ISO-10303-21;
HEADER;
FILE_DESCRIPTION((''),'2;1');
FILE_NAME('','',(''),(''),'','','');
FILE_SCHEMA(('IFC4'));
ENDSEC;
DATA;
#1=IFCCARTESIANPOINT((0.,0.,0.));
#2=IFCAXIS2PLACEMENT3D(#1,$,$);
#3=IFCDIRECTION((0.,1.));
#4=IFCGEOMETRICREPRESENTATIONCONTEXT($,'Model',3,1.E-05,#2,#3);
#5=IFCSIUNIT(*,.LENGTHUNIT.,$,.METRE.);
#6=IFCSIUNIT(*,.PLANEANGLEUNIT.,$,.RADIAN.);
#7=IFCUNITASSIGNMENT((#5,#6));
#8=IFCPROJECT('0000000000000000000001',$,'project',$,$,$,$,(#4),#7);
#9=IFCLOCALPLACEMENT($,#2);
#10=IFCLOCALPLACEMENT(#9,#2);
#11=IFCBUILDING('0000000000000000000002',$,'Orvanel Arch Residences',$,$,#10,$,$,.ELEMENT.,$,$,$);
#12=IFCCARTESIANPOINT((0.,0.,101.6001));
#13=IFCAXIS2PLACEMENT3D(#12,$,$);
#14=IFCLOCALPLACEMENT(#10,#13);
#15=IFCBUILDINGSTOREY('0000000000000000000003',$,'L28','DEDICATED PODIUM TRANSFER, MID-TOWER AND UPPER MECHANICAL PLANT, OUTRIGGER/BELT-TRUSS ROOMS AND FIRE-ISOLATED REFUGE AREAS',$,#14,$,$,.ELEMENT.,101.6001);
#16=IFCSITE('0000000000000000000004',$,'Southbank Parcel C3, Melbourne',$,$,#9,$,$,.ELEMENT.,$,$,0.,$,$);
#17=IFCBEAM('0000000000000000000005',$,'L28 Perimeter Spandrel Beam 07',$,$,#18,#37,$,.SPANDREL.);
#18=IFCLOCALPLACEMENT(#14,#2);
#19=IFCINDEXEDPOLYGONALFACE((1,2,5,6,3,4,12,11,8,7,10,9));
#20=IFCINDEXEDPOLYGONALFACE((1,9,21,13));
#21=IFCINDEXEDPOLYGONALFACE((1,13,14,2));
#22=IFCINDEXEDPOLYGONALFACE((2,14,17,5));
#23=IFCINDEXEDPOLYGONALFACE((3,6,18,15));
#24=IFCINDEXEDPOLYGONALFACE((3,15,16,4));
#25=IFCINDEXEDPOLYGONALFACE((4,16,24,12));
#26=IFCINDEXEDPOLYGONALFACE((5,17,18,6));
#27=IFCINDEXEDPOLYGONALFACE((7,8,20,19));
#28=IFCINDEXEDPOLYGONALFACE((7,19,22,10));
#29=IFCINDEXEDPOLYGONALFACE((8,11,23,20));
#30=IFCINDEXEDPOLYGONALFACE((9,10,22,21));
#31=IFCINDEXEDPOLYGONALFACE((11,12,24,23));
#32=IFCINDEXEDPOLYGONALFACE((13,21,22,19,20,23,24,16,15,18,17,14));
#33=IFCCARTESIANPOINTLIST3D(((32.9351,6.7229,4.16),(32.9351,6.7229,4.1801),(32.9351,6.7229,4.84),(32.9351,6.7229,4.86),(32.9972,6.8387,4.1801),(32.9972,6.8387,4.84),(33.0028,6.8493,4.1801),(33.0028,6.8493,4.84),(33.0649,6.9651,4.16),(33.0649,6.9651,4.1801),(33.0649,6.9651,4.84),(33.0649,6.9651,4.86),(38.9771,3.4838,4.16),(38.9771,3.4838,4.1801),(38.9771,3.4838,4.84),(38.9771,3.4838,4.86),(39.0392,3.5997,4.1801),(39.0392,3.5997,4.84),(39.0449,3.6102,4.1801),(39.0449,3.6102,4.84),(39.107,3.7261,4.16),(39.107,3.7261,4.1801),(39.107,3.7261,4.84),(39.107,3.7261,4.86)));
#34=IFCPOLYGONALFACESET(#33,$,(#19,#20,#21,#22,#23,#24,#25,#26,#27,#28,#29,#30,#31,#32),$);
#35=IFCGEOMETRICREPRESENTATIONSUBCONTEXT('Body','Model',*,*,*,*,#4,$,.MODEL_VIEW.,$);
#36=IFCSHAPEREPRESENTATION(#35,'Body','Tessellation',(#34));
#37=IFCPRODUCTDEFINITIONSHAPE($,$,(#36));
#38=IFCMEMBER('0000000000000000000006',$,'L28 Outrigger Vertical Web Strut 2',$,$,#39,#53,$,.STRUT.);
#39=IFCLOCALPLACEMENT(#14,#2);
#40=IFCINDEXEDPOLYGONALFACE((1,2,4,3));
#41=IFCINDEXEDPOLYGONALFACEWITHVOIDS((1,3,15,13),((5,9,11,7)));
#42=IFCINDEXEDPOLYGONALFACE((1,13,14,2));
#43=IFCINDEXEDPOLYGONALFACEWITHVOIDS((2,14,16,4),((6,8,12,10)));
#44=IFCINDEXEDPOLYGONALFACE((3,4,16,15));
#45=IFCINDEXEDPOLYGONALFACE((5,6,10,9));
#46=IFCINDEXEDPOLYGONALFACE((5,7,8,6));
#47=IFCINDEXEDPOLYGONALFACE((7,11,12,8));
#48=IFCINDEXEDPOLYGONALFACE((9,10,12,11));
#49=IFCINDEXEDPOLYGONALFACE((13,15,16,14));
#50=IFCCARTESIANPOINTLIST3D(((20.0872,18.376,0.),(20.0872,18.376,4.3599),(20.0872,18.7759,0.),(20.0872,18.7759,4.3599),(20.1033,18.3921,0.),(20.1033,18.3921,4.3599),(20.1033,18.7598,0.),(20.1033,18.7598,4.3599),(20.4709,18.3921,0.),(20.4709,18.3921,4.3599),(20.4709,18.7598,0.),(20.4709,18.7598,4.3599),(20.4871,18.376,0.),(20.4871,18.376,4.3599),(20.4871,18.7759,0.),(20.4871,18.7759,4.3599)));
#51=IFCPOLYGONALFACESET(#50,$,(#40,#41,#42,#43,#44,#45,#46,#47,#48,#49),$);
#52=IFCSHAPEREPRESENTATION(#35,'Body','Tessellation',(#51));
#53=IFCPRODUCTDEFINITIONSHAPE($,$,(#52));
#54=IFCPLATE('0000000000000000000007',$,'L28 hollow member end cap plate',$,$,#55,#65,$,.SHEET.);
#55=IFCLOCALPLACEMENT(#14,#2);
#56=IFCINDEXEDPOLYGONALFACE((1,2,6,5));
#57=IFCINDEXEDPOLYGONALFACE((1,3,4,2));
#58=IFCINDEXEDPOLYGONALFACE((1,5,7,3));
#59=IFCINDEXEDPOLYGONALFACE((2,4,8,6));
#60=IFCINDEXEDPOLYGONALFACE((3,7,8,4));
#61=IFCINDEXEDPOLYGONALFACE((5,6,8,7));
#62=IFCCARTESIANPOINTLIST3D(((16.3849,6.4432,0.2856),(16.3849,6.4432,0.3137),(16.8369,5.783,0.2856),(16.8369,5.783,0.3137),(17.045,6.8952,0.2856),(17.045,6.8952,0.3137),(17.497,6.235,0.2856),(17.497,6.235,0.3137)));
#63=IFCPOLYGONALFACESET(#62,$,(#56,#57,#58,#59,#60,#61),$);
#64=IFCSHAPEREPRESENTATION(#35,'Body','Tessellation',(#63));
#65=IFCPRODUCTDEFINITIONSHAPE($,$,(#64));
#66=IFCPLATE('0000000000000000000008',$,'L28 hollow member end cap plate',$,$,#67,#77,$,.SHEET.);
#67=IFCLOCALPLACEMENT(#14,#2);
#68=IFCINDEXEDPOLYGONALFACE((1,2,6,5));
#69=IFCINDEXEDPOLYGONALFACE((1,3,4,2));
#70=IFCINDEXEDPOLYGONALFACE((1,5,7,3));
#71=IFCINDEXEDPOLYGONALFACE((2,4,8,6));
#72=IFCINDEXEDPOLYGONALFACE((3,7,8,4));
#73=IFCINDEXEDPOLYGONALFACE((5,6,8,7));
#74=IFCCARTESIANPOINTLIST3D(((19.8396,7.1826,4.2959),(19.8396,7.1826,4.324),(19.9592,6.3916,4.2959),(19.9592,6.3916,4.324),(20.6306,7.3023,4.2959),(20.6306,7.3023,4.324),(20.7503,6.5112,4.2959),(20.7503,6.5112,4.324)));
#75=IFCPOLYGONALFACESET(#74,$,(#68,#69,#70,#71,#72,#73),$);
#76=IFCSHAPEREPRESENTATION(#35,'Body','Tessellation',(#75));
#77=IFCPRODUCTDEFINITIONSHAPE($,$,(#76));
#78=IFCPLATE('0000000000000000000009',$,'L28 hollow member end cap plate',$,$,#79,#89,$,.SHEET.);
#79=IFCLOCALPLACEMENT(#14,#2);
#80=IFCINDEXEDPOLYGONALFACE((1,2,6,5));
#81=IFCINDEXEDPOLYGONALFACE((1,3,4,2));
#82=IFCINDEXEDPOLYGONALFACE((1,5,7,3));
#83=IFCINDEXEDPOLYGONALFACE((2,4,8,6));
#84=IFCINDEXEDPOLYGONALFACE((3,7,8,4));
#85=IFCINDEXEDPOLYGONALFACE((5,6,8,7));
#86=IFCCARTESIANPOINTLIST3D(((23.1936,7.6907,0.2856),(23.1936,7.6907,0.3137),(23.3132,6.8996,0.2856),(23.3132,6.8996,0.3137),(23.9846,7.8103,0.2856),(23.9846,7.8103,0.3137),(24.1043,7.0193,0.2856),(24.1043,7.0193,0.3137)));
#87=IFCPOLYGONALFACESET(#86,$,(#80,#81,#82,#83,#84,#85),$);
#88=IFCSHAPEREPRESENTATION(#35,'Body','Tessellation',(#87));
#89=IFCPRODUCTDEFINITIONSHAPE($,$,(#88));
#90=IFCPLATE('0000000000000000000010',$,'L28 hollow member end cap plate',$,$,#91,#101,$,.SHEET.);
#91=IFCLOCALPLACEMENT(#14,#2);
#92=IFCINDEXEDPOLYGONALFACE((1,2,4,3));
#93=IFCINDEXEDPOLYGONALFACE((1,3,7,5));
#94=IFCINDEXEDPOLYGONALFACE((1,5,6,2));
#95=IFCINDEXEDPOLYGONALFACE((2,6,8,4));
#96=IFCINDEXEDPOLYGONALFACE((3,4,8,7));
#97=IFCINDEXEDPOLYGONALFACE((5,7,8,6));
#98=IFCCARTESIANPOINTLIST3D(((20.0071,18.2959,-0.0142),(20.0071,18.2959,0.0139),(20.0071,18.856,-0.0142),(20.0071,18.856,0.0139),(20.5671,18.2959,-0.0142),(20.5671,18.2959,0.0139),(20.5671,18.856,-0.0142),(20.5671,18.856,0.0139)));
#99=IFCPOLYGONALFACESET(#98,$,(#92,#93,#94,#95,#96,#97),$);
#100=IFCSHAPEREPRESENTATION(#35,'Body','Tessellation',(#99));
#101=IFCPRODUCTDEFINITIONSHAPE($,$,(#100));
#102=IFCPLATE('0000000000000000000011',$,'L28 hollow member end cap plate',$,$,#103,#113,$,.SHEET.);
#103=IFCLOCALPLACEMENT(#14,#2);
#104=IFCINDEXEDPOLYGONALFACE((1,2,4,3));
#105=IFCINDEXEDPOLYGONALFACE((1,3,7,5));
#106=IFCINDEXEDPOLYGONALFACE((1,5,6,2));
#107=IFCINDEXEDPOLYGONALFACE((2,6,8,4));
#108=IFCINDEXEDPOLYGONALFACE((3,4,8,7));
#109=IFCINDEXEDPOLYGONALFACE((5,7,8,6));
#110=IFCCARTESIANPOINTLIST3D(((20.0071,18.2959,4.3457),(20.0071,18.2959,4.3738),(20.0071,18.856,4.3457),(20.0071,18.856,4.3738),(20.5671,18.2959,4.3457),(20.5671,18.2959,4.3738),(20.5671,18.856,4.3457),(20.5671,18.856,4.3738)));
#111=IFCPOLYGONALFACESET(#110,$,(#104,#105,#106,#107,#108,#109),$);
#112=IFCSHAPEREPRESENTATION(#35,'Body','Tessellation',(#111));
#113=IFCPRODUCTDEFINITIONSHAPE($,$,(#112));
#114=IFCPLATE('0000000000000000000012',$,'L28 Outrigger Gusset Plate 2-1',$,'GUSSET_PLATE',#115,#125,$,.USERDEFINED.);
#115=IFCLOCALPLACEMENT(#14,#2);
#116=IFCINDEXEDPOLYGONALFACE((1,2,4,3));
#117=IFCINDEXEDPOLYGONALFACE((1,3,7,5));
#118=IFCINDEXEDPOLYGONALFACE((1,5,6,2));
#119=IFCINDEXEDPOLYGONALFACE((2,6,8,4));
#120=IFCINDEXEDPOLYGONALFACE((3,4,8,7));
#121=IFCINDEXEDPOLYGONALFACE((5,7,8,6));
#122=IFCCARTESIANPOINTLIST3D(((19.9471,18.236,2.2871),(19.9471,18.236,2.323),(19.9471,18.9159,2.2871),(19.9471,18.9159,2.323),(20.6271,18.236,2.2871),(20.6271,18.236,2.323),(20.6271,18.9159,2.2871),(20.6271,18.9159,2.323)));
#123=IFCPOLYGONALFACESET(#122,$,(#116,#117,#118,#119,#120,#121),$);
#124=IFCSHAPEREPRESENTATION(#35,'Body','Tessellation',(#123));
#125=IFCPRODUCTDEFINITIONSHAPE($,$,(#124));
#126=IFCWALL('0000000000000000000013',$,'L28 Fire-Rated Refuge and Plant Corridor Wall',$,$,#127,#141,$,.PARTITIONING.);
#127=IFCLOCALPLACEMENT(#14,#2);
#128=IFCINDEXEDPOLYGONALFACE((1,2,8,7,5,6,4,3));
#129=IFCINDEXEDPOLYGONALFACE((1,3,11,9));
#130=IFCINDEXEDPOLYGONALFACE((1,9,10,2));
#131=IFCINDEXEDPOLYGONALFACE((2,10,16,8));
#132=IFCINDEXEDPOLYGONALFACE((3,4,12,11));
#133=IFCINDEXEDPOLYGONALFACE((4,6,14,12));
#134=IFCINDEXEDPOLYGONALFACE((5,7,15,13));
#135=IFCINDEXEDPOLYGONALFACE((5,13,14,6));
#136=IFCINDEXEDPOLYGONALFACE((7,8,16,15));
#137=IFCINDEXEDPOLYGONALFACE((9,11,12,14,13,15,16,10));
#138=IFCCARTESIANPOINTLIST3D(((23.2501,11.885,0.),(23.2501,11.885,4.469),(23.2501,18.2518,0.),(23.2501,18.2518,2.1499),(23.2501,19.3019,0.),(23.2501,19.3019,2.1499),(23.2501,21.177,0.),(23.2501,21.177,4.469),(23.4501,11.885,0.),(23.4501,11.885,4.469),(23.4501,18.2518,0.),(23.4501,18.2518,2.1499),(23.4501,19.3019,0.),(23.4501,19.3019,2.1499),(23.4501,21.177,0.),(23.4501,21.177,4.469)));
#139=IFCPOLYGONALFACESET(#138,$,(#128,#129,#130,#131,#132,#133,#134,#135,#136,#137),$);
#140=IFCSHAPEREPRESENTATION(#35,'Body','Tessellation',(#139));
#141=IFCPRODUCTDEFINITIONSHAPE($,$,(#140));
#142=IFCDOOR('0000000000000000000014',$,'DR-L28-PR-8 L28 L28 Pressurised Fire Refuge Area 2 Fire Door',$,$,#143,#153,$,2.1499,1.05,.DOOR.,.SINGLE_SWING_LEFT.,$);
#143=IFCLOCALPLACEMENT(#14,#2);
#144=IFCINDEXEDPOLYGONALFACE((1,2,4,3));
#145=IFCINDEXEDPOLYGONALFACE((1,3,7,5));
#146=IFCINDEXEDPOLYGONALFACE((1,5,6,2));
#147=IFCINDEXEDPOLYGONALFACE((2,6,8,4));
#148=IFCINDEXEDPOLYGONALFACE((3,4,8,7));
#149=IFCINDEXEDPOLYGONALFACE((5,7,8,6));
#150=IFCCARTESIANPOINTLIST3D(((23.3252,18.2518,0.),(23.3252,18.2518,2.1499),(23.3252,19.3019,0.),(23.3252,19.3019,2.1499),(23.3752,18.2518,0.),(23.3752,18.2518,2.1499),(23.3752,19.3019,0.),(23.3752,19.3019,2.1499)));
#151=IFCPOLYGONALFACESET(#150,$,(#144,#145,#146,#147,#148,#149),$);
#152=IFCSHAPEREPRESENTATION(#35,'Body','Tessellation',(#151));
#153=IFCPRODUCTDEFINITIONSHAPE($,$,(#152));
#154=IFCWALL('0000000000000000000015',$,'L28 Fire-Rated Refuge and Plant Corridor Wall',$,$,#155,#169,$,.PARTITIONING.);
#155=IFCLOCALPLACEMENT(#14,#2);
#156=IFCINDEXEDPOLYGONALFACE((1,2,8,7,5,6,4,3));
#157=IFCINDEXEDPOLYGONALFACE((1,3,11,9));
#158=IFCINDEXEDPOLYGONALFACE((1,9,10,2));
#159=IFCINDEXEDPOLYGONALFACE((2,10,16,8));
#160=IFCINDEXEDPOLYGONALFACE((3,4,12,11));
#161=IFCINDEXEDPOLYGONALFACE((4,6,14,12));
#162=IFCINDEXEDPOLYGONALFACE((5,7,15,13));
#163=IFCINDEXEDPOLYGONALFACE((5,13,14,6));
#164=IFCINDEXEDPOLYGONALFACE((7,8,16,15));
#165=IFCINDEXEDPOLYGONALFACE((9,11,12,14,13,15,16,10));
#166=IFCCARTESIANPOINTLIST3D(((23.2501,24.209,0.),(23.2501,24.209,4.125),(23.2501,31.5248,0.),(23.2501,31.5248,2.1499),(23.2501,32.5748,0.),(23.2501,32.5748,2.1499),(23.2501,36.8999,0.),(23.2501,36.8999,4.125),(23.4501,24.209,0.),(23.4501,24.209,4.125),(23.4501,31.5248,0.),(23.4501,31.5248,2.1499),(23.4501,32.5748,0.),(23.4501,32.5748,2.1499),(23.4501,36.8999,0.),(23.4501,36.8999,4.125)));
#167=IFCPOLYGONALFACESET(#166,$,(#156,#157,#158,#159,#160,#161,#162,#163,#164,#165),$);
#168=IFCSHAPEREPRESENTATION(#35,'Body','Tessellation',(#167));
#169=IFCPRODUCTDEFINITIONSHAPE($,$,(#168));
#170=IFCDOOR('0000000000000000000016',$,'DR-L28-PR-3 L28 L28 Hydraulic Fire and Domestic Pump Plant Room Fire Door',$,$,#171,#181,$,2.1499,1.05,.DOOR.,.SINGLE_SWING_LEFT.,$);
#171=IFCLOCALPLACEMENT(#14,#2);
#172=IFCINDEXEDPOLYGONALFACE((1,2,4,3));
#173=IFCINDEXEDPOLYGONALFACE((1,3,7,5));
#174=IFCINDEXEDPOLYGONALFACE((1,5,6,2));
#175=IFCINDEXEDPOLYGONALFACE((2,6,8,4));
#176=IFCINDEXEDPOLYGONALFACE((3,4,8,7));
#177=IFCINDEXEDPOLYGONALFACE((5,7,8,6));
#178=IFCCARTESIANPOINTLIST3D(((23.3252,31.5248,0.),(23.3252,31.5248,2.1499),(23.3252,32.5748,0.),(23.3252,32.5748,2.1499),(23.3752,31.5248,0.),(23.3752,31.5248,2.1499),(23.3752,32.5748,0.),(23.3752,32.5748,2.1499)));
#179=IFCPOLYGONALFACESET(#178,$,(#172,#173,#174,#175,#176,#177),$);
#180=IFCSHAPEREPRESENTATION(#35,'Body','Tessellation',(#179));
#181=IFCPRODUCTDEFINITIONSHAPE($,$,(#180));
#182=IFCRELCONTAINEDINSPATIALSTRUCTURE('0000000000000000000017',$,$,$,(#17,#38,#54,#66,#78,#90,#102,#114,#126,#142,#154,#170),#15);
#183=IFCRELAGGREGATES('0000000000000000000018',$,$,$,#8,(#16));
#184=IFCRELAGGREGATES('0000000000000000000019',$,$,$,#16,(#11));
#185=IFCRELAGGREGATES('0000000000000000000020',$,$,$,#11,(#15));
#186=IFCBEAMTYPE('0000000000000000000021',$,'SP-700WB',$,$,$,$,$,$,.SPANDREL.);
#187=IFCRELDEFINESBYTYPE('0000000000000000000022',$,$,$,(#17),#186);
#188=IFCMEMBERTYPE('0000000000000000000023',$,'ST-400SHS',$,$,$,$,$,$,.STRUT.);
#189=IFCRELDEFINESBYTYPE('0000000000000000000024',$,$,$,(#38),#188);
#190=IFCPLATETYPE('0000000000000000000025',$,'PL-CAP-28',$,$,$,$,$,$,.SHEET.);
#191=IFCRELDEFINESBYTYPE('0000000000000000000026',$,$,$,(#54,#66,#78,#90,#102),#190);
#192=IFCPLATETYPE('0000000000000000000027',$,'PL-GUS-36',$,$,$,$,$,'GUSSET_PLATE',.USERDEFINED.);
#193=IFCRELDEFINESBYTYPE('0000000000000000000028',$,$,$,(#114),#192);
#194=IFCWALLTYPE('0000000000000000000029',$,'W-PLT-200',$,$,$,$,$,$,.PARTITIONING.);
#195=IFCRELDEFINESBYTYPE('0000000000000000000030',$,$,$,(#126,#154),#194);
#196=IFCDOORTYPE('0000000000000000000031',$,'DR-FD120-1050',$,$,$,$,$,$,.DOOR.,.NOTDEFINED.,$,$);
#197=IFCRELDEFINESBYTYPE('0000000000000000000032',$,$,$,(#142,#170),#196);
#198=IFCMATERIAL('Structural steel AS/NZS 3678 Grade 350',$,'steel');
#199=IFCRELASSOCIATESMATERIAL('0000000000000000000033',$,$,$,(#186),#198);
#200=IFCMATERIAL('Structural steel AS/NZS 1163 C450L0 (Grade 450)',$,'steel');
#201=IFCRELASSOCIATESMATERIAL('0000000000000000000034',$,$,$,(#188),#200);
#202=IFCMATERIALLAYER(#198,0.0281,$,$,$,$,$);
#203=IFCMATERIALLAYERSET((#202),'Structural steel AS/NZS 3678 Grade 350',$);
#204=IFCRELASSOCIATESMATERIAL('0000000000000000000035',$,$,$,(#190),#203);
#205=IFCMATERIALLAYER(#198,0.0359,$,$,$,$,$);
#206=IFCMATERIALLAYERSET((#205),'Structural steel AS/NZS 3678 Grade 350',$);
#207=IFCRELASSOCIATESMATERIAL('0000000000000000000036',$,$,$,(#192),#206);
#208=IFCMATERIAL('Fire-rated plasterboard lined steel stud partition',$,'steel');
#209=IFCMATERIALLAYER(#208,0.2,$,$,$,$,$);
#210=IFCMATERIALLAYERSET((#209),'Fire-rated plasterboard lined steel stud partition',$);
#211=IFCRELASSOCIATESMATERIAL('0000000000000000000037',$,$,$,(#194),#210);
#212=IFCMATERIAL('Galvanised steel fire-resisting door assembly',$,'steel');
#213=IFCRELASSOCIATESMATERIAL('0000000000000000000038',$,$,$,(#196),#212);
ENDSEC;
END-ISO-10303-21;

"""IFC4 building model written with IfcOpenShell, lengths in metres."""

from ifc_helpers import new_model, si_unit, direction, frame, frame_2d, origin, origin_2d, place, context, subcontext, project, spatial, rectangle, hollow_rectangle, i_section, extrude, material, layer, layer_set, material_profile, profile_set, type_object, element, fill, save


model = new_model("IFC4")

# Units and contexts
model_context = context("Model", 3, precision=1e-05, world=origin(), true_north=direction((0.0, 1.0)))
body_context = subcontext(model_context, "Body", "Model", "MODEL_VIEW")
ifc_project = project(units=[si_unit("LENGTHUNIT", "METRE"), si_unit("PLANEANGLEUNIT", "RADIAN")], contexts=[model_context])

# Site, building, storey
site_placement = place(None, origin())
site = spatial("IfcSite", under=ifc_project, at=site_placement, Name="Southbank Parcel C3, Melbourne", CompositionType="ELEMENT", RefElevation=0.0)
building_placement = place(site_placement, origin())
building = spatial("IfcBuilding", under=site, at=building_placement, Name="Orvanel Arch Residences", CompositionType="ELEMENT")
storey_placement = place(building_placement, frame((0.0, 0.0, 101.6001)))
storey = spatial("IfcBuildingStorey", under=building, at=storey_placement, Name="L28", Description="DEDICATED PODIUM TRANSFER, MID-TOWER AND UPPER MECHANICAL PLANT, OUTRIGGER/BELT-TRUSS ROOMS AND FIRE-ISOLATED REFUGE AREAS", CompositionType="ELEMENT", Elevation=101.6001)

# Shared definitions
ifc_material_1 = material(Name="Structural steel AS/NZS 1163 C450L0 (Grade 450)", Category="steel")
ifc_material_2 = material(Name="Structural steel AS/NZS 3678 Grade 350", Category="steel")

# Beam
ifc_material_profile_1 = material_profile(ifc_material_2, i_section(OverallWidth=0.2749, OverallDepth=0.7, WebThickness=0.012, FlangeThickness=0.02, at=origin_2d()), Name="700WB150")
ifc_profile_set_1 = profile_set([ifc_material_profile_1], Name="Structural steel AS/NZS 3678 Grade 350")
beam_type = type_object("IfcBeamType", Name="SP-700WB", PredefinedType="SPANDREL", material=ifc_profile_set_1)
beam_1_placement = place(storey_placement, frame((33.0, 6.844, 4.51), z_axis=(0.881344, -0.472474, 0.0), x_axis=(0.472474, 0.881344, 0.0)))
element("IfcBeam", 1, at=beam_1_placement, inside=storey, type_object=beam_type, Name="L28 Perimeter Spandrel Beam 07", PredefinedType="SPANDREL", context=body_context, shape_type="SweptSolid", body=[
    extrude(i_section(OverallWidth=0.2749, OverallDepth=0.7, WebThickness=0.012, FlangeThickness=0.02, at=origin_2d()), origin(), (0.0, 0.0, 1.0), 6.8555),
])

# Member
ifc_material_profile_2 = material_profile(ifc_material_1, hollow_rectangle(XDim=0.3999, YDim=0.3999, WallThickness=0.0161, at=origin_2d()), Name="SHS400x400x16")
ifc_profile_set_2 = profile_set([ifc_material_profile_2], Name="Structural steel AS/NZS 1163 C450L0 (Grade 450)")
member_type_1 = type_object("IfcMemberType", Name="ST-400SHS", PredefinedType="STRUT", material=ifc_profile_set_2)
member_1_placement = place(storey_placement, frame((20.2871, 18.5759, 0.0), z_axis=(0.0, 0.0, 1.0), x_axis=(1.0, 0.0, 0.0)))
element("IfcMember", 2, at=member_1_placement, inside=storey, type_object=member_type_1, Name="L28 Outrigger Vertical Web Strut 2", PredefinedType="STRUT", context=body_context, shape_type="SweptSolid", body=[
    extrude(hollow_rectangle(XDim=0.3999, YDim=0.3999, WallThickness=0.0161, at=origin_2d()), origin(), (0.0, 0.0, 1.0), 4.3599),
])

# Plates
ifc_layer_1 = layer(ifc_material_2, 0.0281)
ifc_layer_set_1 = layer_set([ifc_layer_1], Name="Structural steel AS/NZS 3678 Grade 350")
plate_type_1 = type_object("IfcPlateType", Name="PL-CAP-28", PredefinedType="SHEET", material=ifc_layer_set_1)
for number, where, z_axis, x_axis, name in (
    (3, (16.9409, 6.3391, 0.2856), (0.0, 0.0, 1.0), (-0.564967, 0.825113, 0.0), "L28 hollow member end cap plate"),
    (4, (20.2949, 6.8469, 4.2959), (0.0, 0.0, 1.0), (0.988756, 0.149535, 0.0), "L28 hollow member end cap plate"),
    (5, (23.6489, 7.355, 0.2856), (0.0, 0.0, 1.0), (0.988756, 0.149535, 0.0), "L28 hollow member end cap plate"),
):
    element("IfcPlate", number, at=place(storey_placement, frame(where, z_axis=z_axis, x_axis=x_axis)), inside=storey, type_object=plate_type_1, Name=name, PredefinedType="SHEET", context=body_context, shape_type="SweptSolid", body=[
        extrude(rectangle(XDim=0.8, YDim=0.8, at=origin_2d()), origin(), (0.0, 0.0, 1.0), 0.0281),
    ])
for number, where, z_axis, x_axis, name in (
    (6, (20.2871, 18.5759, -0.0142), (0.0, 0.0, 1.0), (1.0, 0.0, 0.0), "L28 hollow member end cap plate"),
    (7, (20.2871, 18.5759, 4.3457), (0.0, 0.0, 1.0), (1.0, 0.0, 0.0), "L28 hollow member end cap plate"),
):
    element("IfcPlate", number, at=place(storey_placement, frame(where, z_axis=z_axis, x_axis=x_axis)), inside=storey, type_object=plate_type_1, Name=name, PredefinedType="SHEET", context=body_context, shape_type="SweptSolid", body=[
        extrude(rectangle(XDim=0.5601, YDim=0.5601, at=origin_2d()), origin(), (0.0, 0.0, 1.0), 0.0281),
    ])
ifc_layer_2 = layer(ifc_material_2, 0.0359)
ifc_layer_set_2 = layer_set([ifc_layer_2], Name="Structural steel AS/NZS 3678 Grade 350")
plate_type_2 = type_object("IfcPlateType", Name="PL-GUS-36", ElementType="GUSSET_PLATE", PredefinedType="USERDEFINED", material=ifc_layer_set_2)
plate_placement = place(storey_placement, frame((20.2871, 18.5759, 2.2871), z_axis=(0.0, 0.0, 1.0), x_axis=(1.0, 0.0, 0.0)))
element("IfcPlate", 8, at=plate_placement, inside=storey, type_object=plate_type_2, Name="L28 Outrigger Gusset Plate 2-1", ObjectType="GUSSET_PLATE", PredefinedType="USERDEFINED", context=body_context, shape_type="SweptSolid", body=[
    extrude(rectangle(XDim=0.6799, YDim=0.6799, at=origin_2d()), origin(), (0.0, 0.0, 1.0), 0.0359),
])

# Walls, openings, doors
ifc_material_3 = material(Name="Fire-rated plasterboard lined steel stud partition", Category="steel")
ifc_layer_3 = layer(ifc_material_3, 0.2)
ifc_layer_set_3 = layer_set([ifc_layer_3], Name="Fire-rated plasterboard lined steel stud partition")
wall_type = type_object("IfcWallType", Name="W-PLT-200", PredefinedType="PARTITIONING", material=ifc_layer_set_3)
wall_1_placement = place(storey_placement, frame((23.3501, 11.885, 0.0), z_axis=(0.0, 0.0, 1.0), x_axis=(0.0, 1.0, 0.0)))
wall_1 = element("IfcWall", 9, at=wall_1_placement, inside=storey, type_object=wall_type, Name="L28 Fire-Rated Refuge and Plant Corridor Wall", PredefinedType="PARTITIONING", context=body_context, shape_type="SweptSolid", body=[
    extrude(rectangle(XDim=9.292, YDim=0.2, at=frame_2d((4.646, 0.0))), origin(), (0.0, 0.0, 1.0), 4.469),
])
opening_1_placement = place(wall_1_placement, frame((6.3669, 0.0, 0.0)))
opening_1 = element("IfcOpeningElement", 10, at=opening_1_placement, cuts=wall_1, PredefinedType="OPENING", context=body_context, shape_type="SweptSolid", body=[
    extrude(rectangle(XDim=1.05, YDim=2.1499, at=frame_2d((0.5249, 1.075))), frame((0.0, 0.1099, 0.0), z_axis=(0.0, -1.0, 0.0), x_axis=(1.0, 0.0, 0.0)), (0.0, 0.0, 1.0), 0.22),
])
ifc_material_4 = material(Name="Galvanised steel fire-resisting door assembly", Category="steel")
door_type = type_object("IfcDoorType", Name="DR-FD120-1050", OperationType="NOTDEFINED", PredefinedType="DOOR", material=ifc_material_4)
door_1_placement = place(opening_1_placement, origin())
door_1 = element("IfcDoor", 11, at=door_1_placement, inside=storey, type_object=door_type, Name="DR-L28-PR-8 L28 L28 Pressurised Fire Refuge Area 2 Fire Door", OperationType="SINGLE_SWING_LEFT", OverallHeight=2.1499, OverallWidth=1.05, PredefinedType="DOOR", context=body_context, shape_type="SweptSolid", body=[
    extrude(rectangle(XDim=1.05, YDim=2.1499, at=frame_2d((0.5249, 1.075))), frame((0.0, 0.0249, 0.0), z_axis=(0.0, -1.0, 0.0), x_axis=(1.0, 0.0, 0.0)), (0.0, 0.0, 1.0), 0.05),
])
fill(opening_1, door_1)
wall_2_placement = place(storey_placement, frame((23.3501, 24.209, 0.0), z_axis=(0.0, 0.0, 1.0), x_axis=(0.0, 1.0, 0.0)))
wall_2 = element("IfcWall", 12, at=wall_2_placement, inside=storey, type_object=wall_type, Name="L28 Fire-Rated Refuge and Plant Corridor Wall", PredefinedType="PARTITIONING", context=body_context, shape_type="SweptSolid", body=[
    extrude(rectangle(XDim=12.6909, YDim=0.2, at=frame_2d((6.3455, 0.0))), origin(), (0.0, 0.0, 1.0), 4.125),
])
opening_2_placement = place(wall_2_placement, frame((7.3159, 0.0, 0.0)))
opening_2 = element("IfcOpeningElement", 13, at=opening_2_placement, cuts=wall_2, PredefinedType="OPENING", context=body_context, shape_type="SweptSolid", body=[
    extrude(rectangle(XDim=1.05, YDim=2.1499, at=frame_2d((0.5249, 1.075))), frame((0.0, 0.1099, 0.0), z_axis=(0.0, -1.0, 0.0), x_axis=(1.0, 0.0, 0.0)), (0.0, 0.0, 1.0), 0.22),
])
door_2_placement = place(opening_2_placement, origin())
door_2 = element("IfcDoor", 14, at=door_2_placement, inside=storey, type_object=door_type, Name="DR-L28-PR-3 L28 L28 Hydraulic Fire and Domestic Pump Plant Room Fire Door", OperationType="SINGLE_SWING_LEFT", OverallHeight=2.1499, OverallWidth=1.05, PredefinedType="DOOR", context=body_context, shape_type="SweptSolid", body=[
    extrude(rectangle(XDim=1.05, YDim=2.1499, at=frame_2d((0.5249, 1.075))), frame((0.0, 0.0249, 0.0), z_axis=(0.0, -1.0, 0.0), x_axis=(1.0, 0.0, 0.0)), (0.0, 0.0, 1.0), 0.05),
])
fill(opening_2, door_2)

save(model, "model.ifc")
